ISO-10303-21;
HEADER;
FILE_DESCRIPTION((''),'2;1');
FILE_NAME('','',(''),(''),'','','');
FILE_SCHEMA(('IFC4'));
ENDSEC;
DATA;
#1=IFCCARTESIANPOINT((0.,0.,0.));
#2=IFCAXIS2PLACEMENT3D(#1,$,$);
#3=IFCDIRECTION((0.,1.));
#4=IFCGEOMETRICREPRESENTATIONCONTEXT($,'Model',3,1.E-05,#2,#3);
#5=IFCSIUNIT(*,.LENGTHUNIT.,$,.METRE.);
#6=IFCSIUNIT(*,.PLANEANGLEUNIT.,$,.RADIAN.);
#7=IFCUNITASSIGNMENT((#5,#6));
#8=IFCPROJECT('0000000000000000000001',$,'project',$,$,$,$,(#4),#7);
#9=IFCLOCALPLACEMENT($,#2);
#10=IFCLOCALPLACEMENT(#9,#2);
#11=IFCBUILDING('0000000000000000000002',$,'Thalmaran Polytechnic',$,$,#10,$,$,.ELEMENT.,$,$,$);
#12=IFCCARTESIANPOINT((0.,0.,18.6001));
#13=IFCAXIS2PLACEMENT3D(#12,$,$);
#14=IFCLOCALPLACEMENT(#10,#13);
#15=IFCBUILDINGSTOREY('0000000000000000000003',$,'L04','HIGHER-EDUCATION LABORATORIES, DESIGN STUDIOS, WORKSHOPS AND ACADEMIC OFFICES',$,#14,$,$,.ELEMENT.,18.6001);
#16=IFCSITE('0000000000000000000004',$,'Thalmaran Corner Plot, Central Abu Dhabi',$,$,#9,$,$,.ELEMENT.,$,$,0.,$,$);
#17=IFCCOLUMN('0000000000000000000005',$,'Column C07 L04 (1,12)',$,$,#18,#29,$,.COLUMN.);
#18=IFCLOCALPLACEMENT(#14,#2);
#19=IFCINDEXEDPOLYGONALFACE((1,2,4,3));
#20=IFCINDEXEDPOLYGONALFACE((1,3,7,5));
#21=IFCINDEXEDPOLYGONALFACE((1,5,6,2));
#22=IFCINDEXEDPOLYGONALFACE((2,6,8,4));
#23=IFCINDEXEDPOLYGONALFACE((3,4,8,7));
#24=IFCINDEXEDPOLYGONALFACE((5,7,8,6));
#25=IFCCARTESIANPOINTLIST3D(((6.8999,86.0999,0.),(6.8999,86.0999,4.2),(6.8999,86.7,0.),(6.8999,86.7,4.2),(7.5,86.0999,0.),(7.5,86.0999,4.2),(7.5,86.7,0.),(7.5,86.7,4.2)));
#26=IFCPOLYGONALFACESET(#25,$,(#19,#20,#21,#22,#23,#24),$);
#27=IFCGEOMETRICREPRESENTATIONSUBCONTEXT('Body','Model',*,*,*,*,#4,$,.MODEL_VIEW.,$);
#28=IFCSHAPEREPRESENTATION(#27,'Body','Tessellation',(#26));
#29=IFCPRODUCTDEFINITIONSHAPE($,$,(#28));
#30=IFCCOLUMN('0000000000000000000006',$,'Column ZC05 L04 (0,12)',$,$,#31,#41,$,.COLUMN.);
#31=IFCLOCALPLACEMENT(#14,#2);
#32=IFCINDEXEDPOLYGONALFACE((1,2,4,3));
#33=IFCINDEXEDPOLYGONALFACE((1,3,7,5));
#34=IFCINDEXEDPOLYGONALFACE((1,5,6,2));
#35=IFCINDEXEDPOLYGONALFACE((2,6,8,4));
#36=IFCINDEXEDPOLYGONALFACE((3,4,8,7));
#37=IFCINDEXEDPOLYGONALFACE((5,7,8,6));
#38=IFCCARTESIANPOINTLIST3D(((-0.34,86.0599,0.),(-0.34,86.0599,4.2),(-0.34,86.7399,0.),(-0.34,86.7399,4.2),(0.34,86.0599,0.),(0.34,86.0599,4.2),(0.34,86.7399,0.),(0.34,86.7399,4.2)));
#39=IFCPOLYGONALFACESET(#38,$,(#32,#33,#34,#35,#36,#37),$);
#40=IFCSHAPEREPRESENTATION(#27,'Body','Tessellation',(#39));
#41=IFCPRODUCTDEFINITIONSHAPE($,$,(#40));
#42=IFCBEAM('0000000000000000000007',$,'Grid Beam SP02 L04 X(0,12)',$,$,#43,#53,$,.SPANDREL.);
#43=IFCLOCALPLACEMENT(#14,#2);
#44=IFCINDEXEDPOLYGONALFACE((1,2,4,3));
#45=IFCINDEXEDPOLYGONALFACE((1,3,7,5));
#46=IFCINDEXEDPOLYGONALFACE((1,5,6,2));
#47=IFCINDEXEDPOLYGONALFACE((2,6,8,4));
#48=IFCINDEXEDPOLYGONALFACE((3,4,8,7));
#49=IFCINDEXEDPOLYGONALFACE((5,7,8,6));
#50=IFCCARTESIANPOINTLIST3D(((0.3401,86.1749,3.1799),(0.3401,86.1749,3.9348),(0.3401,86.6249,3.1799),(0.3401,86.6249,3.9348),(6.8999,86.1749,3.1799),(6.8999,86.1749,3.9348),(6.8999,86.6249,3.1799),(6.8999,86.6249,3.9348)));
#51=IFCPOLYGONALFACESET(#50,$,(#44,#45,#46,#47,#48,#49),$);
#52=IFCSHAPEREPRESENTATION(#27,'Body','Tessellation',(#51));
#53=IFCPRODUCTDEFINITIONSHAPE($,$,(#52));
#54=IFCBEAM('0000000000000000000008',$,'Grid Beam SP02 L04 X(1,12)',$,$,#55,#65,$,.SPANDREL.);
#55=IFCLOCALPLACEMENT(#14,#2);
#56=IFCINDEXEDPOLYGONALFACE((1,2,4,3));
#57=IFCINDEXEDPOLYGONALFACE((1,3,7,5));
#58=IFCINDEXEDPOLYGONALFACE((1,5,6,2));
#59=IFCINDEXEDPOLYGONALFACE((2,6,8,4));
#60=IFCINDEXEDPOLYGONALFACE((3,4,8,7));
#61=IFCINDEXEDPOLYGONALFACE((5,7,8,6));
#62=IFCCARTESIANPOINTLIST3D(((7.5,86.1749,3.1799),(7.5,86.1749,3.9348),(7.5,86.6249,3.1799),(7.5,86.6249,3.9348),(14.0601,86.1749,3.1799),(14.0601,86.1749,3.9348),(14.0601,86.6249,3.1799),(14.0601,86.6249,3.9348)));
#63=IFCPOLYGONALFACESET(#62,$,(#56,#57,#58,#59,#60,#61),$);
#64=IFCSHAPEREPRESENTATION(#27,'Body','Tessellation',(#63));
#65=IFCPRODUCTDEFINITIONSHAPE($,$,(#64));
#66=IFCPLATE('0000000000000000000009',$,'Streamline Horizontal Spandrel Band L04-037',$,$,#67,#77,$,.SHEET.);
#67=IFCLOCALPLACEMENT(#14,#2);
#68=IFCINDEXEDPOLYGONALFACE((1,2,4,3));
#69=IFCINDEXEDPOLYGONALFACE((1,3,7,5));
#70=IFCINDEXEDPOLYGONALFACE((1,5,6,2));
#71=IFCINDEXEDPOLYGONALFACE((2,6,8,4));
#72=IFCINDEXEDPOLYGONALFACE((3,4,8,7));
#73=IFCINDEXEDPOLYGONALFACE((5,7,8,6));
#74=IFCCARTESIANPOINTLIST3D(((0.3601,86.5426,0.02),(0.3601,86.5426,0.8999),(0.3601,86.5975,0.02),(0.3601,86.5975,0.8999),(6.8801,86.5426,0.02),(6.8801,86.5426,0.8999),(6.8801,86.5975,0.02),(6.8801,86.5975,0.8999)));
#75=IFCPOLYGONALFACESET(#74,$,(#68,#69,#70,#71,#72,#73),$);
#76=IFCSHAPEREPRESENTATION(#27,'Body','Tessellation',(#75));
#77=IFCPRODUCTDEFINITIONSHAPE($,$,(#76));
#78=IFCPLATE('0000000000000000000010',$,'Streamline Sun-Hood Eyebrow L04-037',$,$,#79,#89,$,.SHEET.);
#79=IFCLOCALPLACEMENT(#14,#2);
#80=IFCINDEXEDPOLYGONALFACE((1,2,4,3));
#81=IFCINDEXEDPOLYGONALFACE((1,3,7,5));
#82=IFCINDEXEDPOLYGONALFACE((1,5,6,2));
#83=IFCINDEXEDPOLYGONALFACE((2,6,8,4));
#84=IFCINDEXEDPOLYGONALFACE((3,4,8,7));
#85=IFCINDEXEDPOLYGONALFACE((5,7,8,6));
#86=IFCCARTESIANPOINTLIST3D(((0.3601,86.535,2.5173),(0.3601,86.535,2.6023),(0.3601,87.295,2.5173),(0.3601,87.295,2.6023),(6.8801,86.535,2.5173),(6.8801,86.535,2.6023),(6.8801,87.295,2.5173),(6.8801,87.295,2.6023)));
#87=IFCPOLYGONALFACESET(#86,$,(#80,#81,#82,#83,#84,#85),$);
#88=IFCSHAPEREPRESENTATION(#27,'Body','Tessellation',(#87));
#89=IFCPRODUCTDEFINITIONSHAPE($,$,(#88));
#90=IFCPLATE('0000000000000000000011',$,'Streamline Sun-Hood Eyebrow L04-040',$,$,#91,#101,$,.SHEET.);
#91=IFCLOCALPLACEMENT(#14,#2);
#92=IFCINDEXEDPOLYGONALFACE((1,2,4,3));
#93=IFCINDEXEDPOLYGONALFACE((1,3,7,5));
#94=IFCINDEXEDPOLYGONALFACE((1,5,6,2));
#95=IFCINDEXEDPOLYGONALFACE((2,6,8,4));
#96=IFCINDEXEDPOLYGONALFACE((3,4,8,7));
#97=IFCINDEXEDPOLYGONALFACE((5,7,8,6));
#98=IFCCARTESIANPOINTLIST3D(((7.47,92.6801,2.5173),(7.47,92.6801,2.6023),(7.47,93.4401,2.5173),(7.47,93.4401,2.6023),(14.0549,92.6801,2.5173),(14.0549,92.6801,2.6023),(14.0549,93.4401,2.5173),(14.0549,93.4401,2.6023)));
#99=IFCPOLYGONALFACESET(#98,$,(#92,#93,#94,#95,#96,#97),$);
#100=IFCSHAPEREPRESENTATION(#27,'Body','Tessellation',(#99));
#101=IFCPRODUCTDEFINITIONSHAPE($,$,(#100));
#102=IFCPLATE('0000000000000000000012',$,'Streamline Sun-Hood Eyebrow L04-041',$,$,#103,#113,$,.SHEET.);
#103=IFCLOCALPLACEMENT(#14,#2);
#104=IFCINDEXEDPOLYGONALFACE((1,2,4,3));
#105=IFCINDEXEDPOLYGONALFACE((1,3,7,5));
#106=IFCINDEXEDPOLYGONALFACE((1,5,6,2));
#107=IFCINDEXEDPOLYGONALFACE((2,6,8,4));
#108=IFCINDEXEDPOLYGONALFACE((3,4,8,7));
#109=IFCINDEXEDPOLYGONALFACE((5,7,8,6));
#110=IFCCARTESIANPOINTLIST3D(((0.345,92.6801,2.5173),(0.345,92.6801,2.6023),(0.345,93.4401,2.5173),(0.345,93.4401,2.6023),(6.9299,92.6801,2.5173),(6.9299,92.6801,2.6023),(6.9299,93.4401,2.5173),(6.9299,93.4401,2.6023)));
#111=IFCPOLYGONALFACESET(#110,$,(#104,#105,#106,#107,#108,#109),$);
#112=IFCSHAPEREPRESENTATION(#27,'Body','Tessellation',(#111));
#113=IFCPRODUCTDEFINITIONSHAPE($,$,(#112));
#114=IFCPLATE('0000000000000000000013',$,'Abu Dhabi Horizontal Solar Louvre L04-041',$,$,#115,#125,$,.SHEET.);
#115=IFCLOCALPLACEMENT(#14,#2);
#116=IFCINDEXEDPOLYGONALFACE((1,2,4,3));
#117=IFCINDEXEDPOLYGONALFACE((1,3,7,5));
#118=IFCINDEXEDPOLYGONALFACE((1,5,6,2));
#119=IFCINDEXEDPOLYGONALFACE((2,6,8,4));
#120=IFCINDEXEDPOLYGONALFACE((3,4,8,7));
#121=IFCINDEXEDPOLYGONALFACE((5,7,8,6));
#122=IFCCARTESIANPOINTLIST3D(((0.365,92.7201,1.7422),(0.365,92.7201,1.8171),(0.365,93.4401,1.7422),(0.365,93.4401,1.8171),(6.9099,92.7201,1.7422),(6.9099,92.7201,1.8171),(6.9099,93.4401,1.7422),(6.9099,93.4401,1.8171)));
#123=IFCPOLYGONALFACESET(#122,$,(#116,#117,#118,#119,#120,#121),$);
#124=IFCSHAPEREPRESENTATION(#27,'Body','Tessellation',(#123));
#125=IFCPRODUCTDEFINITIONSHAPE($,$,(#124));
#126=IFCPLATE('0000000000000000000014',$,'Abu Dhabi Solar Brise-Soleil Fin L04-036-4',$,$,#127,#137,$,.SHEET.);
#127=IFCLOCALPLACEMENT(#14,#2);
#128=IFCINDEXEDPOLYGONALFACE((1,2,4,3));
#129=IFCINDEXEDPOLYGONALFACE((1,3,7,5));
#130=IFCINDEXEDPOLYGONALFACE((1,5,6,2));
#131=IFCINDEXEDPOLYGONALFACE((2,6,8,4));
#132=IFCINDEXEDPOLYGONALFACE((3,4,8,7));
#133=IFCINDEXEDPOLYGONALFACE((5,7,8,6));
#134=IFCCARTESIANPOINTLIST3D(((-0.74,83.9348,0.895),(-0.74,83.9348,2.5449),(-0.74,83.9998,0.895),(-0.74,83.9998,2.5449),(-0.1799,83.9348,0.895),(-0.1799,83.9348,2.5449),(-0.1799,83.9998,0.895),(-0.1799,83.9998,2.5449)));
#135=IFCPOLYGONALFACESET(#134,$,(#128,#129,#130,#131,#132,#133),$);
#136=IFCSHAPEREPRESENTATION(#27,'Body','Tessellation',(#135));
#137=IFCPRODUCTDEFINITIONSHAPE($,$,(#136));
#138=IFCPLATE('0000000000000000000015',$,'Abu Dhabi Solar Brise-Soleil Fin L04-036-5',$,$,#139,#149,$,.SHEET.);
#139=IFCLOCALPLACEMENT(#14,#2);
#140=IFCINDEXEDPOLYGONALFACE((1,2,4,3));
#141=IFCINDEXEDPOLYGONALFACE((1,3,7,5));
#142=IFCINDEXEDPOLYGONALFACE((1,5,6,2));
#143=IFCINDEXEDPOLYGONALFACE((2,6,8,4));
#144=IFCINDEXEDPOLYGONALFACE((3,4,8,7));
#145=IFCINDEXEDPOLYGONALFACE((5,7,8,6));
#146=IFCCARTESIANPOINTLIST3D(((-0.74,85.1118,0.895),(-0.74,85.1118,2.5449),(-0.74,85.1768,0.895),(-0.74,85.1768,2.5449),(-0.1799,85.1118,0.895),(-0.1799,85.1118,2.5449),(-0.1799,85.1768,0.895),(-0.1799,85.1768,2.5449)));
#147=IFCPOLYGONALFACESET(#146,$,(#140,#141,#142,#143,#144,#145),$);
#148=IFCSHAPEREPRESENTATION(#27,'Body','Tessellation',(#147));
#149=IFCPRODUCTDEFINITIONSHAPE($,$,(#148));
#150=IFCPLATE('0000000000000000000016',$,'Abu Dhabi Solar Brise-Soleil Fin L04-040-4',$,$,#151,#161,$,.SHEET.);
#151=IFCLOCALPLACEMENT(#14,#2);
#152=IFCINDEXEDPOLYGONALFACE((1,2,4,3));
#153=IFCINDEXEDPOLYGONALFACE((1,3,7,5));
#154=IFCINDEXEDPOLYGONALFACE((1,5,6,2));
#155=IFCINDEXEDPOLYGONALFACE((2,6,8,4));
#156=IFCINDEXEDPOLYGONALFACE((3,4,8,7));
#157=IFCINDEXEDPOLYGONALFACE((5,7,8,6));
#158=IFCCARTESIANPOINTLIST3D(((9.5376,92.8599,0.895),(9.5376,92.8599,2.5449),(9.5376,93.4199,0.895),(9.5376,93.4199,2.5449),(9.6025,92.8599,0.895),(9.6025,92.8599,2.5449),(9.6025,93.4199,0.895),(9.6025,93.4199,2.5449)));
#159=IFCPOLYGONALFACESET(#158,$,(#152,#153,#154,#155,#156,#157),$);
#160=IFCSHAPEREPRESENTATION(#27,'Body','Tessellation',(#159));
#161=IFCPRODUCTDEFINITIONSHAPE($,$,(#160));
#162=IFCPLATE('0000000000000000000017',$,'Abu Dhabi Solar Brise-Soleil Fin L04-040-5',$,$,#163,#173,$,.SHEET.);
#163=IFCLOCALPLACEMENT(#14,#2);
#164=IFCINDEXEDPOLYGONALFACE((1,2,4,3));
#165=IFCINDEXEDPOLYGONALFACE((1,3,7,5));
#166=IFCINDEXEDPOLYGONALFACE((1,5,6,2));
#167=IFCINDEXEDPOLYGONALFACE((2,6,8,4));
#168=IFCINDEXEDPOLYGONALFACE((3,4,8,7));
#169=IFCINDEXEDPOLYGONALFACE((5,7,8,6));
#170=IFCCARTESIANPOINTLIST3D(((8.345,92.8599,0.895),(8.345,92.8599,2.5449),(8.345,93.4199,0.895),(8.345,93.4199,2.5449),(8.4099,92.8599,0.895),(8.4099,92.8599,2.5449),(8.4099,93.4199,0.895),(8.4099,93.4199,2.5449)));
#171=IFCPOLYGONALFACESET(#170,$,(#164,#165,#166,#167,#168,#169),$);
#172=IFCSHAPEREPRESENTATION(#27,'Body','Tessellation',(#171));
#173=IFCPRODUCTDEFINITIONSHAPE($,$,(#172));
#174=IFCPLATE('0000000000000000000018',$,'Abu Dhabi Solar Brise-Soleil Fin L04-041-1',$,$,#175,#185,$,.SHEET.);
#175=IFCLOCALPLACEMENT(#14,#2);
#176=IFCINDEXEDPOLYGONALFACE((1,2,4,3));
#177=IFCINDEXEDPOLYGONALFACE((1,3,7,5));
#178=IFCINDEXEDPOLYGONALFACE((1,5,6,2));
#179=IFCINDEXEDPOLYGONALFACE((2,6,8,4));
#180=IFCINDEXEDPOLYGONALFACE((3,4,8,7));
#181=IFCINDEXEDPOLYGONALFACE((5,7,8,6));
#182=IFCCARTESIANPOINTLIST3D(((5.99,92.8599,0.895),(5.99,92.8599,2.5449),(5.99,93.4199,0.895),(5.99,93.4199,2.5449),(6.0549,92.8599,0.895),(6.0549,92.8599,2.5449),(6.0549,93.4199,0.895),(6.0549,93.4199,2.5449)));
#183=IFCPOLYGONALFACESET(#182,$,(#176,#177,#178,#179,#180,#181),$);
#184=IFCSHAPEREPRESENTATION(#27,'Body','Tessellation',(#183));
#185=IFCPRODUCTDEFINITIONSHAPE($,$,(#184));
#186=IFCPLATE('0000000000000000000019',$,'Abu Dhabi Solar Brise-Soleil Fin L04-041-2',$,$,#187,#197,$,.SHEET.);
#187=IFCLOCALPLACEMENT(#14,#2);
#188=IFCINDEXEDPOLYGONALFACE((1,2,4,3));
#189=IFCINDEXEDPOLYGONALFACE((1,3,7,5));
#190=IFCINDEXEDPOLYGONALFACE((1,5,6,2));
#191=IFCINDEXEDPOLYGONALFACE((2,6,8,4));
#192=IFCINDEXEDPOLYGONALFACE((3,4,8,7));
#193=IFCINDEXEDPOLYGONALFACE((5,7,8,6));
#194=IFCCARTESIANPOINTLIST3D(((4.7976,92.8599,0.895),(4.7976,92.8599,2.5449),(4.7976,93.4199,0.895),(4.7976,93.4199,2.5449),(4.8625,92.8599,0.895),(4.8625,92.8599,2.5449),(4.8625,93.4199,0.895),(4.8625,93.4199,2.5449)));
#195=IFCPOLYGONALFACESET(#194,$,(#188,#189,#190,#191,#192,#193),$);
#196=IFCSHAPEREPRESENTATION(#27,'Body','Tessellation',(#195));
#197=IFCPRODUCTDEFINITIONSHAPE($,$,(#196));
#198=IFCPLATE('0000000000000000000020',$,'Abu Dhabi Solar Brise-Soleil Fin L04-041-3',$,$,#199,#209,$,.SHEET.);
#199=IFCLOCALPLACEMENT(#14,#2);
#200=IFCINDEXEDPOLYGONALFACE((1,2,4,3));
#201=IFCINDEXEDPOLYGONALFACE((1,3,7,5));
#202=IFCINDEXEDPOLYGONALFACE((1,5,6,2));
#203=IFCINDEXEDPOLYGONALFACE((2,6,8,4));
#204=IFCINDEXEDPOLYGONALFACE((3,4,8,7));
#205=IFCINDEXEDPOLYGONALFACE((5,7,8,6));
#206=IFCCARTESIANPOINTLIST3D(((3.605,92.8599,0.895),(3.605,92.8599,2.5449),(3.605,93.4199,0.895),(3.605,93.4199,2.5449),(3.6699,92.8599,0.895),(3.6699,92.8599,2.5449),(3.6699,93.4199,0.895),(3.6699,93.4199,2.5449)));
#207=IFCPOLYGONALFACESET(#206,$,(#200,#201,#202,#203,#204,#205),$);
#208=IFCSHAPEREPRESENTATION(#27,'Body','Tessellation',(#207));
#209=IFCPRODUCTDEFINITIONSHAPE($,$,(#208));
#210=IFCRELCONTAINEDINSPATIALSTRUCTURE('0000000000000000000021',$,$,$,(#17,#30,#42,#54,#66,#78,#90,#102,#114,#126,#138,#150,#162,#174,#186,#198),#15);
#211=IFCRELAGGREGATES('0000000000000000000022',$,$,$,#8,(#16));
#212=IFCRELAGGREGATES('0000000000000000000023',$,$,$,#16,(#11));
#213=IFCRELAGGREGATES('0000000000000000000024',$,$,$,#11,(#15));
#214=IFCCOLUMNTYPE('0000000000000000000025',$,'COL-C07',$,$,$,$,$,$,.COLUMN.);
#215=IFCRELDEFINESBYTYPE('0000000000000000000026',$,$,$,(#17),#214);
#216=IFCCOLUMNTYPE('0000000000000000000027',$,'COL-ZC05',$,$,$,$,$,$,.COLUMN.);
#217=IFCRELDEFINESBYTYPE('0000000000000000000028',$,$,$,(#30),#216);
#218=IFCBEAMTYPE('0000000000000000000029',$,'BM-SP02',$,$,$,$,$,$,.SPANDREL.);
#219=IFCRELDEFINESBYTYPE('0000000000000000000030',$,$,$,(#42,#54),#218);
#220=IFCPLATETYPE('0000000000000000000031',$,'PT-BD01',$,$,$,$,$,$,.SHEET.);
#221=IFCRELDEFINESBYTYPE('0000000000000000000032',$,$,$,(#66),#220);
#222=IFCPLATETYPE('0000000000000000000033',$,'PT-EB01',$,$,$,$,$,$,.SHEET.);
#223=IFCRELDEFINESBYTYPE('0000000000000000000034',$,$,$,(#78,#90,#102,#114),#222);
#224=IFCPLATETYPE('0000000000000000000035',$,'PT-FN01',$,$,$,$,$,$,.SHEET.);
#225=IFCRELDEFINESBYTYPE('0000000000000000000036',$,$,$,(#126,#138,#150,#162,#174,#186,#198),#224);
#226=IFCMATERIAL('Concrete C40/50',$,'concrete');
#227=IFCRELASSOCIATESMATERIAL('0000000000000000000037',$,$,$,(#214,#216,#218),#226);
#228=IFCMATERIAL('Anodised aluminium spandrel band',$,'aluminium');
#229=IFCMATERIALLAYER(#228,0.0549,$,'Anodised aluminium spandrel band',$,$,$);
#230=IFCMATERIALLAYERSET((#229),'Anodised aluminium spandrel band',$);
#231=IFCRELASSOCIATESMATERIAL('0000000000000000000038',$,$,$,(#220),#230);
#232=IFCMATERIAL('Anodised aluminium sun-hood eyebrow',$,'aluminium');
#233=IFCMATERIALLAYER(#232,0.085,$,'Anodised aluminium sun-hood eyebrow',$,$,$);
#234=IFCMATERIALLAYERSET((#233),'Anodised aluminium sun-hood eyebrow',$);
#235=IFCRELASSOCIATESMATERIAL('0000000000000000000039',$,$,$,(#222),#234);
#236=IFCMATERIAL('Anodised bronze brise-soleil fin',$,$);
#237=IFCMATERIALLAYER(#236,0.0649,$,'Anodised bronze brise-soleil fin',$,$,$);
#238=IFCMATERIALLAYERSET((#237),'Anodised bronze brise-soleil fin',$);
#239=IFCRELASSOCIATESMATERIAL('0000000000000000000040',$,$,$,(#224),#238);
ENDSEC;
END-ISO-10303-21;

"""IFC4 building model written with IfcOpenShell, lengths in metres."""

from ifc_helpers import new_model, si_unit, direction, frame, origin, origin_2d, place, context, subcontext, project, spatial, rectangle, extrude, material, layer, layer_set, material_profile, profile_set, type_object, element, save


model = new_model("IFC4")

# Units and contexts
model_context = context("Model", 3, precision=1e-05, world=origin(), true_north=direction((0.0, 1.0)))
body_context = subcontext(model_context, "Body", "Model", "MODEL_VIEW")
ifc_project = project(units=[si_unit("LENGTHUNIT", "METRE"), si_unit("PLANEANGLEUNIT", "RADIAN")], contexts=[model_context])

# Site, building, storey
site_placement = place(None, origin())
site = spatial("IfcSite", under=ifc_project, at=site_placement, Name="Thalmaran Corner Plot, Central Abu Dhabi", CompositionType="ELEMENT", RefElevation=0.0)
building_placement = place(site_placement, origin())
building = spatial("IfcBuilding", under=site, at=building_placement, Name="Thalmaran Polytechnic", CompositionType="ELEMENT")
storey_placement = place(building_placement, frame((0.0, 0.0, 18.6001)))
storey = spatial("IfcBuildingStorey", under=building, at=storey_placement, Name="L04", Description="HIGHER-EDUCATION LABORATORIES, DESIGN STUDIOS, WORKSHOPS AND ACADEMIC OFFICES", CompositionType="ELEMENT", Elevation=18.6001)

# Columns
ifc_material_1 = material(Name="Concrete C40/50", Category="concrete")
ifc_material_profile_1 = material_profile(ifc_material_1, rectangle(XDim=0.6001, YDim=0.6001, at=origin_2d()), Name="RC 600x600")
ifc_profile_set_1 = profile_set([ifc_material_profile_1], Name="Concrete C40/50")
column_type_1 = type_object("IfcColumnType", Name="COL-C07", PredefinedType="COLUMN", material=ifc_profile_set_1)
column_1_placement = place(storey_placement, frame((7.2, 86.3999, 0.0), z_axis=(0.0, 0.0, 1.0), x_axis=(1.0, 0.0, 0.0)))
element("IfcColumn", 1, at=column_1_placement, inside=storey, type_object=column_type_1, Name="Column C07 L04 (1,12)", PredefinedType="COLUMN", context=body_context, shape_type="SweptSolid", body=[
    extrude(rectangle(XDim=0.6001, YDim=0.6001, at=origin_2d()), origin(), (0.0, 0.0, 1.0), 4.2),
])
ifc_material_profile_2 = material_profile(ifc_material_1, rectangle(XDim=0.6799, YDim=0.6799, at=origin_2d()), Name="RC 680x680")
ifc_profile_set_2 = profile_set([ifc_material_profile_2], Name="Concrete C40/50")
column_type_2 = type_object("IfcColumnType", Name="COL-ZC05", PredefinedType="COLUMN", material=ifc_profile_set_2)
column_2_placement = place(storey_placement, frame((0.0, 86.3999, 0.0), z_axis=(0.0, 0.0, 1.0), x_axis=(1.0, 0.0, 0.0)))
element("IfcColumn", 2, at=column_2_placement, inside=storey, type_object=column_type_2, Name="Column ZC05 L04 (0,12)", PredefinedType="COLUMN", context=body_context, shape_type="SweptSolid", body=[
    extrude(rectangle(XDim=0.6799, YDim=0.6799, at=origin_2d()), origin(), (0.0, 0.0, 1.0), 4.2),
])

# Beams
ifc_material_profile_3 = material_profile(ifc_material_1, rectangle(XDim=0.45, YDim=0.7549, at=origin_2d()), Name="RC 450x755")
ifc_profile_set_3 = profile_set([ifc_material_profile_3], Name="Concrete C40/50")
beam_type = type_object("IfcBeamType", Name="BM-SP02", PredefinedType="SPANDREL", material=ifc_profile_set_3)
beam_1_placement = place(storey_placement, frame((0.3401, 86.3999, 3.5574), z_axis=(1.0, 0.0, 0.0), x_axis=(0.0, 1.0, 0.0)))
element("IfcBeam", 3, at=beam_1_placement, inside=storey, type_object=beam_type, Name="Grid Beam SP02 L04 X(0,12)", PredefinedType="SPANDREL", context=body_context, shape_type="SweptSolid", body=[
    extrude(rectangle(XDim=0.45, YDim=0.7549, at=origin_2d()), origin(), (0.0, 0.0, 1.0), 6.5598),
])
beam_2_placement = place(storey_placement, frame((7.5, 86.3999, 3.5574), z_axis=(1.0, 0.0, 0.0), x_axis=(0.0, 1.0, 0.0)))
element("IfcBeam", 4, at=beam_2_placement, inside=storey, type_object=beam_type, Name="Grid Beam SP02 L04 X(1,12)", PredefinedType="SPANDREL", context=body_context, shape_type="SweptSolid", body=[
    extrude(rectangle(XDim=0.45, YDim=0.7549, at=origin_2d()), origin(), (0.0, 0.0, 1.0), 6.5601),
])

# Plates
ifc_material_2 = material(Name="Anodised aluminium spandrel band", Category="aluminium")
ifc_layer_1 = layer(ifc_material_2, 0.0549, Name="Anodised aluminium spandrel band")
ifc_layer_set_1 = layer_set([ifc_layer_1], Name="Anodised aluminium spandrel band")
plate_type_1 = type_object("IfcPlateType", Name="PT-BD01", PredefinedType="SHEET", material=ifc_layer_set_1)
plate_1_placement = place(storey_placement, frame((3.6201, 86.5701, 0.02), z_axis=(0.0, 0.0, 1.0), x_axis=(1.0, 0.0, 0.0)))
element("IfcPlate", 5, at=plate_1_placement, inside=storey, type_object=plate_type_1, Name="Streamline Horizontal Spandrel Band L04-037", PredefinedType="SHEET", context=body_context, shape_type="SweptSolid", body=[
    extrude(rectangle(XDim=6.52, YDim=0.0549, at=origin_2d()), origin(), (0.0, 0.0, 1.0), 0.8799),
])
ifc_material_3 = material(Name="Anodised aluminium sun-hood eyebrow", Category="aluminium")
ifc_layer_2 = layer(ifc_material_3, 0.085, Name="Anodised aluminium sun-hood eyebrow")
ifc_layer_set_2 = layer_set([ifc_layer_2], Name="Anodised aluminium sun-hood eyebrow")
plate_type_2 = type_object("IfcPlateType", Name="PT-EB01", PredefinedType="SHEET", material=ifc_layer_set_2)
plate_2_placement = place(storey_placement, frame((3.6201, 86.915, 2.5173), z_axis=(0.0, 0.0, 1.0), x_axis=(1.0, 0.0, 0.0)))
element("IfcPlate", 6, at=plate_2_placement, inside=storey, type_object=plate_type_2, Name="Streamline Sun-Hood Eyebrow L04-037", PredefinedType="SHEET", context=body_context, shape_type="SweptSolid", body=[
    extrude(rectangle(XDim=6.52, YDim=0.76, at=origin_2d()), origin(), (0.0, 0.0, 1.0), 0.085),
])
for number, where, z_axis, x_axis, name in (
    (7, (10.7625, 93.0601, 2.5173), (0.0, 0.0, 1.0), (-1.0, 0.0, 0.0), "Streamline Sun-Hood Eyebrow L04-040"),
    (8, (3.6375, 93.0601, 2.5173), (0.0, 0.0, 1.0), (-1.0, 0.0, 0.0), "Streamline Sun-Hood Eyebrow L04-041"),
):
    element("IfcPlate", number, at=place(storey_placement, frame(where, z_axis=z_axis, x_axis=x_axis)), inside=storey, type_object=plate_type_2, Name=name, PredefinedType="SHEET", context=body_context, shape_type="SweptSolid", body=[
        extrude(rectangle(XDim=6.585, YDim=0.76, at=origin_2d()), origin(), (0.0, 0.0, 1.0), 0.085),
    ])
plate_3_placement = place(storey_placement, frame((3.6375, 93.0801, 1.7422), z_axis=(0.0, 0.0, 1.0), x_axis=(-1.0, 0.0, 0.0)))
element("IfcPlate", 9, at=plate_3_placement, inside=storey, type_object=plate_type_2, Name="Abu Dhabi Horizontal Solar Louvre L04-041", PredefinedType="SHEET", context=body_context, shape_type="SweptSolid", body=[
    extrude(rectangle(XDim=6.5449, YDim=0.72, at=origin_2d()), origin(), (0.0, 0.0, 1.0), 0.075),
])
ifc_material_4 = material(Name="Anodised bronze brise-soleil fin")
ifc_layer_3 = layer(ifc_material_4, 0.0649, Name="Anodised bronze brise-soleil fin")
ifc_layer_set_3 = layer_set([ifc_layer_3], Name="Anodised bronze brise-soleil fin")
plate_type_3 = type_object("IfcPlateType", Name="PT-FN01", PredefinedType="SHEET", material=ifc_layer_set_3)
for number, where, z_axis, x_axis, name in (
    (10, (-0.46, 83.9673, 0.895), (0.0, 0.0, 1.0), (0.0, 1.0, 0.0), "Abu Dhabi Solar Brise-Soleil Fin L04-036-4"),
    (11, (-0.46, 85.1443, 0.895), (0.0, 0.0, 1.0), (0.0, 1.0, 0.0), "Abu Dhabi Solar Brise-Soleil Fin L04-036-5"),
    (12, (9.5701, 93.1399, 0.895), (0.0, 0.0, 1.0), (-1.0, 0.0, 0.0), "Abu Dhabi Solar Brise-Soleil Fin L04-040-4"),
    (13, (8.3774, 93.1399, 0.895), (0.0, 0.0, 1.0), (-1.0, 0.0, 0.0), "Abu Dhabi Solar Brise-Soleil Fin L04-040-5"),
    (14, (6.0225, 93.1399, 0.895), (0.0, 0.0, 1.0), (-1.0, 0.0, 0.0), "Abu Dhabi Solar Brise-Soleil Fin L04-041-1"),
    (15, (4.8301, 93.1399, 0.895), (0.0, 0.0, 1.0), (-1.0, 0.0, 0.0), "Abu Dhabi Solar Brise-Soleil Fin L04-041-2"),
    (16, (3.6375, 93.1399, 0.895), (0.0, 0.0, 1.0), (-1.0, 0.0, 0.0), "Abu Dhabi Solar Brise-Soleil Fin L04-041-3"),
):
    element("IfcPlate", number, at=place(storey_placement, frame(where, z_axis=z_axis, x_axis=x_axis)), inside=storey, type_object=plate_type_3, Name=name, PredefinedType="SHEET", context=body_context, shape_type="SweptSolid", body=[
        extrude(rectangle(XDim=0.0649, YDim=0.5601, at=origin_2d()), origin(), (0.0, 0.0, 1.0), 1.6499),
    ])

save(model, "model.ifc")
